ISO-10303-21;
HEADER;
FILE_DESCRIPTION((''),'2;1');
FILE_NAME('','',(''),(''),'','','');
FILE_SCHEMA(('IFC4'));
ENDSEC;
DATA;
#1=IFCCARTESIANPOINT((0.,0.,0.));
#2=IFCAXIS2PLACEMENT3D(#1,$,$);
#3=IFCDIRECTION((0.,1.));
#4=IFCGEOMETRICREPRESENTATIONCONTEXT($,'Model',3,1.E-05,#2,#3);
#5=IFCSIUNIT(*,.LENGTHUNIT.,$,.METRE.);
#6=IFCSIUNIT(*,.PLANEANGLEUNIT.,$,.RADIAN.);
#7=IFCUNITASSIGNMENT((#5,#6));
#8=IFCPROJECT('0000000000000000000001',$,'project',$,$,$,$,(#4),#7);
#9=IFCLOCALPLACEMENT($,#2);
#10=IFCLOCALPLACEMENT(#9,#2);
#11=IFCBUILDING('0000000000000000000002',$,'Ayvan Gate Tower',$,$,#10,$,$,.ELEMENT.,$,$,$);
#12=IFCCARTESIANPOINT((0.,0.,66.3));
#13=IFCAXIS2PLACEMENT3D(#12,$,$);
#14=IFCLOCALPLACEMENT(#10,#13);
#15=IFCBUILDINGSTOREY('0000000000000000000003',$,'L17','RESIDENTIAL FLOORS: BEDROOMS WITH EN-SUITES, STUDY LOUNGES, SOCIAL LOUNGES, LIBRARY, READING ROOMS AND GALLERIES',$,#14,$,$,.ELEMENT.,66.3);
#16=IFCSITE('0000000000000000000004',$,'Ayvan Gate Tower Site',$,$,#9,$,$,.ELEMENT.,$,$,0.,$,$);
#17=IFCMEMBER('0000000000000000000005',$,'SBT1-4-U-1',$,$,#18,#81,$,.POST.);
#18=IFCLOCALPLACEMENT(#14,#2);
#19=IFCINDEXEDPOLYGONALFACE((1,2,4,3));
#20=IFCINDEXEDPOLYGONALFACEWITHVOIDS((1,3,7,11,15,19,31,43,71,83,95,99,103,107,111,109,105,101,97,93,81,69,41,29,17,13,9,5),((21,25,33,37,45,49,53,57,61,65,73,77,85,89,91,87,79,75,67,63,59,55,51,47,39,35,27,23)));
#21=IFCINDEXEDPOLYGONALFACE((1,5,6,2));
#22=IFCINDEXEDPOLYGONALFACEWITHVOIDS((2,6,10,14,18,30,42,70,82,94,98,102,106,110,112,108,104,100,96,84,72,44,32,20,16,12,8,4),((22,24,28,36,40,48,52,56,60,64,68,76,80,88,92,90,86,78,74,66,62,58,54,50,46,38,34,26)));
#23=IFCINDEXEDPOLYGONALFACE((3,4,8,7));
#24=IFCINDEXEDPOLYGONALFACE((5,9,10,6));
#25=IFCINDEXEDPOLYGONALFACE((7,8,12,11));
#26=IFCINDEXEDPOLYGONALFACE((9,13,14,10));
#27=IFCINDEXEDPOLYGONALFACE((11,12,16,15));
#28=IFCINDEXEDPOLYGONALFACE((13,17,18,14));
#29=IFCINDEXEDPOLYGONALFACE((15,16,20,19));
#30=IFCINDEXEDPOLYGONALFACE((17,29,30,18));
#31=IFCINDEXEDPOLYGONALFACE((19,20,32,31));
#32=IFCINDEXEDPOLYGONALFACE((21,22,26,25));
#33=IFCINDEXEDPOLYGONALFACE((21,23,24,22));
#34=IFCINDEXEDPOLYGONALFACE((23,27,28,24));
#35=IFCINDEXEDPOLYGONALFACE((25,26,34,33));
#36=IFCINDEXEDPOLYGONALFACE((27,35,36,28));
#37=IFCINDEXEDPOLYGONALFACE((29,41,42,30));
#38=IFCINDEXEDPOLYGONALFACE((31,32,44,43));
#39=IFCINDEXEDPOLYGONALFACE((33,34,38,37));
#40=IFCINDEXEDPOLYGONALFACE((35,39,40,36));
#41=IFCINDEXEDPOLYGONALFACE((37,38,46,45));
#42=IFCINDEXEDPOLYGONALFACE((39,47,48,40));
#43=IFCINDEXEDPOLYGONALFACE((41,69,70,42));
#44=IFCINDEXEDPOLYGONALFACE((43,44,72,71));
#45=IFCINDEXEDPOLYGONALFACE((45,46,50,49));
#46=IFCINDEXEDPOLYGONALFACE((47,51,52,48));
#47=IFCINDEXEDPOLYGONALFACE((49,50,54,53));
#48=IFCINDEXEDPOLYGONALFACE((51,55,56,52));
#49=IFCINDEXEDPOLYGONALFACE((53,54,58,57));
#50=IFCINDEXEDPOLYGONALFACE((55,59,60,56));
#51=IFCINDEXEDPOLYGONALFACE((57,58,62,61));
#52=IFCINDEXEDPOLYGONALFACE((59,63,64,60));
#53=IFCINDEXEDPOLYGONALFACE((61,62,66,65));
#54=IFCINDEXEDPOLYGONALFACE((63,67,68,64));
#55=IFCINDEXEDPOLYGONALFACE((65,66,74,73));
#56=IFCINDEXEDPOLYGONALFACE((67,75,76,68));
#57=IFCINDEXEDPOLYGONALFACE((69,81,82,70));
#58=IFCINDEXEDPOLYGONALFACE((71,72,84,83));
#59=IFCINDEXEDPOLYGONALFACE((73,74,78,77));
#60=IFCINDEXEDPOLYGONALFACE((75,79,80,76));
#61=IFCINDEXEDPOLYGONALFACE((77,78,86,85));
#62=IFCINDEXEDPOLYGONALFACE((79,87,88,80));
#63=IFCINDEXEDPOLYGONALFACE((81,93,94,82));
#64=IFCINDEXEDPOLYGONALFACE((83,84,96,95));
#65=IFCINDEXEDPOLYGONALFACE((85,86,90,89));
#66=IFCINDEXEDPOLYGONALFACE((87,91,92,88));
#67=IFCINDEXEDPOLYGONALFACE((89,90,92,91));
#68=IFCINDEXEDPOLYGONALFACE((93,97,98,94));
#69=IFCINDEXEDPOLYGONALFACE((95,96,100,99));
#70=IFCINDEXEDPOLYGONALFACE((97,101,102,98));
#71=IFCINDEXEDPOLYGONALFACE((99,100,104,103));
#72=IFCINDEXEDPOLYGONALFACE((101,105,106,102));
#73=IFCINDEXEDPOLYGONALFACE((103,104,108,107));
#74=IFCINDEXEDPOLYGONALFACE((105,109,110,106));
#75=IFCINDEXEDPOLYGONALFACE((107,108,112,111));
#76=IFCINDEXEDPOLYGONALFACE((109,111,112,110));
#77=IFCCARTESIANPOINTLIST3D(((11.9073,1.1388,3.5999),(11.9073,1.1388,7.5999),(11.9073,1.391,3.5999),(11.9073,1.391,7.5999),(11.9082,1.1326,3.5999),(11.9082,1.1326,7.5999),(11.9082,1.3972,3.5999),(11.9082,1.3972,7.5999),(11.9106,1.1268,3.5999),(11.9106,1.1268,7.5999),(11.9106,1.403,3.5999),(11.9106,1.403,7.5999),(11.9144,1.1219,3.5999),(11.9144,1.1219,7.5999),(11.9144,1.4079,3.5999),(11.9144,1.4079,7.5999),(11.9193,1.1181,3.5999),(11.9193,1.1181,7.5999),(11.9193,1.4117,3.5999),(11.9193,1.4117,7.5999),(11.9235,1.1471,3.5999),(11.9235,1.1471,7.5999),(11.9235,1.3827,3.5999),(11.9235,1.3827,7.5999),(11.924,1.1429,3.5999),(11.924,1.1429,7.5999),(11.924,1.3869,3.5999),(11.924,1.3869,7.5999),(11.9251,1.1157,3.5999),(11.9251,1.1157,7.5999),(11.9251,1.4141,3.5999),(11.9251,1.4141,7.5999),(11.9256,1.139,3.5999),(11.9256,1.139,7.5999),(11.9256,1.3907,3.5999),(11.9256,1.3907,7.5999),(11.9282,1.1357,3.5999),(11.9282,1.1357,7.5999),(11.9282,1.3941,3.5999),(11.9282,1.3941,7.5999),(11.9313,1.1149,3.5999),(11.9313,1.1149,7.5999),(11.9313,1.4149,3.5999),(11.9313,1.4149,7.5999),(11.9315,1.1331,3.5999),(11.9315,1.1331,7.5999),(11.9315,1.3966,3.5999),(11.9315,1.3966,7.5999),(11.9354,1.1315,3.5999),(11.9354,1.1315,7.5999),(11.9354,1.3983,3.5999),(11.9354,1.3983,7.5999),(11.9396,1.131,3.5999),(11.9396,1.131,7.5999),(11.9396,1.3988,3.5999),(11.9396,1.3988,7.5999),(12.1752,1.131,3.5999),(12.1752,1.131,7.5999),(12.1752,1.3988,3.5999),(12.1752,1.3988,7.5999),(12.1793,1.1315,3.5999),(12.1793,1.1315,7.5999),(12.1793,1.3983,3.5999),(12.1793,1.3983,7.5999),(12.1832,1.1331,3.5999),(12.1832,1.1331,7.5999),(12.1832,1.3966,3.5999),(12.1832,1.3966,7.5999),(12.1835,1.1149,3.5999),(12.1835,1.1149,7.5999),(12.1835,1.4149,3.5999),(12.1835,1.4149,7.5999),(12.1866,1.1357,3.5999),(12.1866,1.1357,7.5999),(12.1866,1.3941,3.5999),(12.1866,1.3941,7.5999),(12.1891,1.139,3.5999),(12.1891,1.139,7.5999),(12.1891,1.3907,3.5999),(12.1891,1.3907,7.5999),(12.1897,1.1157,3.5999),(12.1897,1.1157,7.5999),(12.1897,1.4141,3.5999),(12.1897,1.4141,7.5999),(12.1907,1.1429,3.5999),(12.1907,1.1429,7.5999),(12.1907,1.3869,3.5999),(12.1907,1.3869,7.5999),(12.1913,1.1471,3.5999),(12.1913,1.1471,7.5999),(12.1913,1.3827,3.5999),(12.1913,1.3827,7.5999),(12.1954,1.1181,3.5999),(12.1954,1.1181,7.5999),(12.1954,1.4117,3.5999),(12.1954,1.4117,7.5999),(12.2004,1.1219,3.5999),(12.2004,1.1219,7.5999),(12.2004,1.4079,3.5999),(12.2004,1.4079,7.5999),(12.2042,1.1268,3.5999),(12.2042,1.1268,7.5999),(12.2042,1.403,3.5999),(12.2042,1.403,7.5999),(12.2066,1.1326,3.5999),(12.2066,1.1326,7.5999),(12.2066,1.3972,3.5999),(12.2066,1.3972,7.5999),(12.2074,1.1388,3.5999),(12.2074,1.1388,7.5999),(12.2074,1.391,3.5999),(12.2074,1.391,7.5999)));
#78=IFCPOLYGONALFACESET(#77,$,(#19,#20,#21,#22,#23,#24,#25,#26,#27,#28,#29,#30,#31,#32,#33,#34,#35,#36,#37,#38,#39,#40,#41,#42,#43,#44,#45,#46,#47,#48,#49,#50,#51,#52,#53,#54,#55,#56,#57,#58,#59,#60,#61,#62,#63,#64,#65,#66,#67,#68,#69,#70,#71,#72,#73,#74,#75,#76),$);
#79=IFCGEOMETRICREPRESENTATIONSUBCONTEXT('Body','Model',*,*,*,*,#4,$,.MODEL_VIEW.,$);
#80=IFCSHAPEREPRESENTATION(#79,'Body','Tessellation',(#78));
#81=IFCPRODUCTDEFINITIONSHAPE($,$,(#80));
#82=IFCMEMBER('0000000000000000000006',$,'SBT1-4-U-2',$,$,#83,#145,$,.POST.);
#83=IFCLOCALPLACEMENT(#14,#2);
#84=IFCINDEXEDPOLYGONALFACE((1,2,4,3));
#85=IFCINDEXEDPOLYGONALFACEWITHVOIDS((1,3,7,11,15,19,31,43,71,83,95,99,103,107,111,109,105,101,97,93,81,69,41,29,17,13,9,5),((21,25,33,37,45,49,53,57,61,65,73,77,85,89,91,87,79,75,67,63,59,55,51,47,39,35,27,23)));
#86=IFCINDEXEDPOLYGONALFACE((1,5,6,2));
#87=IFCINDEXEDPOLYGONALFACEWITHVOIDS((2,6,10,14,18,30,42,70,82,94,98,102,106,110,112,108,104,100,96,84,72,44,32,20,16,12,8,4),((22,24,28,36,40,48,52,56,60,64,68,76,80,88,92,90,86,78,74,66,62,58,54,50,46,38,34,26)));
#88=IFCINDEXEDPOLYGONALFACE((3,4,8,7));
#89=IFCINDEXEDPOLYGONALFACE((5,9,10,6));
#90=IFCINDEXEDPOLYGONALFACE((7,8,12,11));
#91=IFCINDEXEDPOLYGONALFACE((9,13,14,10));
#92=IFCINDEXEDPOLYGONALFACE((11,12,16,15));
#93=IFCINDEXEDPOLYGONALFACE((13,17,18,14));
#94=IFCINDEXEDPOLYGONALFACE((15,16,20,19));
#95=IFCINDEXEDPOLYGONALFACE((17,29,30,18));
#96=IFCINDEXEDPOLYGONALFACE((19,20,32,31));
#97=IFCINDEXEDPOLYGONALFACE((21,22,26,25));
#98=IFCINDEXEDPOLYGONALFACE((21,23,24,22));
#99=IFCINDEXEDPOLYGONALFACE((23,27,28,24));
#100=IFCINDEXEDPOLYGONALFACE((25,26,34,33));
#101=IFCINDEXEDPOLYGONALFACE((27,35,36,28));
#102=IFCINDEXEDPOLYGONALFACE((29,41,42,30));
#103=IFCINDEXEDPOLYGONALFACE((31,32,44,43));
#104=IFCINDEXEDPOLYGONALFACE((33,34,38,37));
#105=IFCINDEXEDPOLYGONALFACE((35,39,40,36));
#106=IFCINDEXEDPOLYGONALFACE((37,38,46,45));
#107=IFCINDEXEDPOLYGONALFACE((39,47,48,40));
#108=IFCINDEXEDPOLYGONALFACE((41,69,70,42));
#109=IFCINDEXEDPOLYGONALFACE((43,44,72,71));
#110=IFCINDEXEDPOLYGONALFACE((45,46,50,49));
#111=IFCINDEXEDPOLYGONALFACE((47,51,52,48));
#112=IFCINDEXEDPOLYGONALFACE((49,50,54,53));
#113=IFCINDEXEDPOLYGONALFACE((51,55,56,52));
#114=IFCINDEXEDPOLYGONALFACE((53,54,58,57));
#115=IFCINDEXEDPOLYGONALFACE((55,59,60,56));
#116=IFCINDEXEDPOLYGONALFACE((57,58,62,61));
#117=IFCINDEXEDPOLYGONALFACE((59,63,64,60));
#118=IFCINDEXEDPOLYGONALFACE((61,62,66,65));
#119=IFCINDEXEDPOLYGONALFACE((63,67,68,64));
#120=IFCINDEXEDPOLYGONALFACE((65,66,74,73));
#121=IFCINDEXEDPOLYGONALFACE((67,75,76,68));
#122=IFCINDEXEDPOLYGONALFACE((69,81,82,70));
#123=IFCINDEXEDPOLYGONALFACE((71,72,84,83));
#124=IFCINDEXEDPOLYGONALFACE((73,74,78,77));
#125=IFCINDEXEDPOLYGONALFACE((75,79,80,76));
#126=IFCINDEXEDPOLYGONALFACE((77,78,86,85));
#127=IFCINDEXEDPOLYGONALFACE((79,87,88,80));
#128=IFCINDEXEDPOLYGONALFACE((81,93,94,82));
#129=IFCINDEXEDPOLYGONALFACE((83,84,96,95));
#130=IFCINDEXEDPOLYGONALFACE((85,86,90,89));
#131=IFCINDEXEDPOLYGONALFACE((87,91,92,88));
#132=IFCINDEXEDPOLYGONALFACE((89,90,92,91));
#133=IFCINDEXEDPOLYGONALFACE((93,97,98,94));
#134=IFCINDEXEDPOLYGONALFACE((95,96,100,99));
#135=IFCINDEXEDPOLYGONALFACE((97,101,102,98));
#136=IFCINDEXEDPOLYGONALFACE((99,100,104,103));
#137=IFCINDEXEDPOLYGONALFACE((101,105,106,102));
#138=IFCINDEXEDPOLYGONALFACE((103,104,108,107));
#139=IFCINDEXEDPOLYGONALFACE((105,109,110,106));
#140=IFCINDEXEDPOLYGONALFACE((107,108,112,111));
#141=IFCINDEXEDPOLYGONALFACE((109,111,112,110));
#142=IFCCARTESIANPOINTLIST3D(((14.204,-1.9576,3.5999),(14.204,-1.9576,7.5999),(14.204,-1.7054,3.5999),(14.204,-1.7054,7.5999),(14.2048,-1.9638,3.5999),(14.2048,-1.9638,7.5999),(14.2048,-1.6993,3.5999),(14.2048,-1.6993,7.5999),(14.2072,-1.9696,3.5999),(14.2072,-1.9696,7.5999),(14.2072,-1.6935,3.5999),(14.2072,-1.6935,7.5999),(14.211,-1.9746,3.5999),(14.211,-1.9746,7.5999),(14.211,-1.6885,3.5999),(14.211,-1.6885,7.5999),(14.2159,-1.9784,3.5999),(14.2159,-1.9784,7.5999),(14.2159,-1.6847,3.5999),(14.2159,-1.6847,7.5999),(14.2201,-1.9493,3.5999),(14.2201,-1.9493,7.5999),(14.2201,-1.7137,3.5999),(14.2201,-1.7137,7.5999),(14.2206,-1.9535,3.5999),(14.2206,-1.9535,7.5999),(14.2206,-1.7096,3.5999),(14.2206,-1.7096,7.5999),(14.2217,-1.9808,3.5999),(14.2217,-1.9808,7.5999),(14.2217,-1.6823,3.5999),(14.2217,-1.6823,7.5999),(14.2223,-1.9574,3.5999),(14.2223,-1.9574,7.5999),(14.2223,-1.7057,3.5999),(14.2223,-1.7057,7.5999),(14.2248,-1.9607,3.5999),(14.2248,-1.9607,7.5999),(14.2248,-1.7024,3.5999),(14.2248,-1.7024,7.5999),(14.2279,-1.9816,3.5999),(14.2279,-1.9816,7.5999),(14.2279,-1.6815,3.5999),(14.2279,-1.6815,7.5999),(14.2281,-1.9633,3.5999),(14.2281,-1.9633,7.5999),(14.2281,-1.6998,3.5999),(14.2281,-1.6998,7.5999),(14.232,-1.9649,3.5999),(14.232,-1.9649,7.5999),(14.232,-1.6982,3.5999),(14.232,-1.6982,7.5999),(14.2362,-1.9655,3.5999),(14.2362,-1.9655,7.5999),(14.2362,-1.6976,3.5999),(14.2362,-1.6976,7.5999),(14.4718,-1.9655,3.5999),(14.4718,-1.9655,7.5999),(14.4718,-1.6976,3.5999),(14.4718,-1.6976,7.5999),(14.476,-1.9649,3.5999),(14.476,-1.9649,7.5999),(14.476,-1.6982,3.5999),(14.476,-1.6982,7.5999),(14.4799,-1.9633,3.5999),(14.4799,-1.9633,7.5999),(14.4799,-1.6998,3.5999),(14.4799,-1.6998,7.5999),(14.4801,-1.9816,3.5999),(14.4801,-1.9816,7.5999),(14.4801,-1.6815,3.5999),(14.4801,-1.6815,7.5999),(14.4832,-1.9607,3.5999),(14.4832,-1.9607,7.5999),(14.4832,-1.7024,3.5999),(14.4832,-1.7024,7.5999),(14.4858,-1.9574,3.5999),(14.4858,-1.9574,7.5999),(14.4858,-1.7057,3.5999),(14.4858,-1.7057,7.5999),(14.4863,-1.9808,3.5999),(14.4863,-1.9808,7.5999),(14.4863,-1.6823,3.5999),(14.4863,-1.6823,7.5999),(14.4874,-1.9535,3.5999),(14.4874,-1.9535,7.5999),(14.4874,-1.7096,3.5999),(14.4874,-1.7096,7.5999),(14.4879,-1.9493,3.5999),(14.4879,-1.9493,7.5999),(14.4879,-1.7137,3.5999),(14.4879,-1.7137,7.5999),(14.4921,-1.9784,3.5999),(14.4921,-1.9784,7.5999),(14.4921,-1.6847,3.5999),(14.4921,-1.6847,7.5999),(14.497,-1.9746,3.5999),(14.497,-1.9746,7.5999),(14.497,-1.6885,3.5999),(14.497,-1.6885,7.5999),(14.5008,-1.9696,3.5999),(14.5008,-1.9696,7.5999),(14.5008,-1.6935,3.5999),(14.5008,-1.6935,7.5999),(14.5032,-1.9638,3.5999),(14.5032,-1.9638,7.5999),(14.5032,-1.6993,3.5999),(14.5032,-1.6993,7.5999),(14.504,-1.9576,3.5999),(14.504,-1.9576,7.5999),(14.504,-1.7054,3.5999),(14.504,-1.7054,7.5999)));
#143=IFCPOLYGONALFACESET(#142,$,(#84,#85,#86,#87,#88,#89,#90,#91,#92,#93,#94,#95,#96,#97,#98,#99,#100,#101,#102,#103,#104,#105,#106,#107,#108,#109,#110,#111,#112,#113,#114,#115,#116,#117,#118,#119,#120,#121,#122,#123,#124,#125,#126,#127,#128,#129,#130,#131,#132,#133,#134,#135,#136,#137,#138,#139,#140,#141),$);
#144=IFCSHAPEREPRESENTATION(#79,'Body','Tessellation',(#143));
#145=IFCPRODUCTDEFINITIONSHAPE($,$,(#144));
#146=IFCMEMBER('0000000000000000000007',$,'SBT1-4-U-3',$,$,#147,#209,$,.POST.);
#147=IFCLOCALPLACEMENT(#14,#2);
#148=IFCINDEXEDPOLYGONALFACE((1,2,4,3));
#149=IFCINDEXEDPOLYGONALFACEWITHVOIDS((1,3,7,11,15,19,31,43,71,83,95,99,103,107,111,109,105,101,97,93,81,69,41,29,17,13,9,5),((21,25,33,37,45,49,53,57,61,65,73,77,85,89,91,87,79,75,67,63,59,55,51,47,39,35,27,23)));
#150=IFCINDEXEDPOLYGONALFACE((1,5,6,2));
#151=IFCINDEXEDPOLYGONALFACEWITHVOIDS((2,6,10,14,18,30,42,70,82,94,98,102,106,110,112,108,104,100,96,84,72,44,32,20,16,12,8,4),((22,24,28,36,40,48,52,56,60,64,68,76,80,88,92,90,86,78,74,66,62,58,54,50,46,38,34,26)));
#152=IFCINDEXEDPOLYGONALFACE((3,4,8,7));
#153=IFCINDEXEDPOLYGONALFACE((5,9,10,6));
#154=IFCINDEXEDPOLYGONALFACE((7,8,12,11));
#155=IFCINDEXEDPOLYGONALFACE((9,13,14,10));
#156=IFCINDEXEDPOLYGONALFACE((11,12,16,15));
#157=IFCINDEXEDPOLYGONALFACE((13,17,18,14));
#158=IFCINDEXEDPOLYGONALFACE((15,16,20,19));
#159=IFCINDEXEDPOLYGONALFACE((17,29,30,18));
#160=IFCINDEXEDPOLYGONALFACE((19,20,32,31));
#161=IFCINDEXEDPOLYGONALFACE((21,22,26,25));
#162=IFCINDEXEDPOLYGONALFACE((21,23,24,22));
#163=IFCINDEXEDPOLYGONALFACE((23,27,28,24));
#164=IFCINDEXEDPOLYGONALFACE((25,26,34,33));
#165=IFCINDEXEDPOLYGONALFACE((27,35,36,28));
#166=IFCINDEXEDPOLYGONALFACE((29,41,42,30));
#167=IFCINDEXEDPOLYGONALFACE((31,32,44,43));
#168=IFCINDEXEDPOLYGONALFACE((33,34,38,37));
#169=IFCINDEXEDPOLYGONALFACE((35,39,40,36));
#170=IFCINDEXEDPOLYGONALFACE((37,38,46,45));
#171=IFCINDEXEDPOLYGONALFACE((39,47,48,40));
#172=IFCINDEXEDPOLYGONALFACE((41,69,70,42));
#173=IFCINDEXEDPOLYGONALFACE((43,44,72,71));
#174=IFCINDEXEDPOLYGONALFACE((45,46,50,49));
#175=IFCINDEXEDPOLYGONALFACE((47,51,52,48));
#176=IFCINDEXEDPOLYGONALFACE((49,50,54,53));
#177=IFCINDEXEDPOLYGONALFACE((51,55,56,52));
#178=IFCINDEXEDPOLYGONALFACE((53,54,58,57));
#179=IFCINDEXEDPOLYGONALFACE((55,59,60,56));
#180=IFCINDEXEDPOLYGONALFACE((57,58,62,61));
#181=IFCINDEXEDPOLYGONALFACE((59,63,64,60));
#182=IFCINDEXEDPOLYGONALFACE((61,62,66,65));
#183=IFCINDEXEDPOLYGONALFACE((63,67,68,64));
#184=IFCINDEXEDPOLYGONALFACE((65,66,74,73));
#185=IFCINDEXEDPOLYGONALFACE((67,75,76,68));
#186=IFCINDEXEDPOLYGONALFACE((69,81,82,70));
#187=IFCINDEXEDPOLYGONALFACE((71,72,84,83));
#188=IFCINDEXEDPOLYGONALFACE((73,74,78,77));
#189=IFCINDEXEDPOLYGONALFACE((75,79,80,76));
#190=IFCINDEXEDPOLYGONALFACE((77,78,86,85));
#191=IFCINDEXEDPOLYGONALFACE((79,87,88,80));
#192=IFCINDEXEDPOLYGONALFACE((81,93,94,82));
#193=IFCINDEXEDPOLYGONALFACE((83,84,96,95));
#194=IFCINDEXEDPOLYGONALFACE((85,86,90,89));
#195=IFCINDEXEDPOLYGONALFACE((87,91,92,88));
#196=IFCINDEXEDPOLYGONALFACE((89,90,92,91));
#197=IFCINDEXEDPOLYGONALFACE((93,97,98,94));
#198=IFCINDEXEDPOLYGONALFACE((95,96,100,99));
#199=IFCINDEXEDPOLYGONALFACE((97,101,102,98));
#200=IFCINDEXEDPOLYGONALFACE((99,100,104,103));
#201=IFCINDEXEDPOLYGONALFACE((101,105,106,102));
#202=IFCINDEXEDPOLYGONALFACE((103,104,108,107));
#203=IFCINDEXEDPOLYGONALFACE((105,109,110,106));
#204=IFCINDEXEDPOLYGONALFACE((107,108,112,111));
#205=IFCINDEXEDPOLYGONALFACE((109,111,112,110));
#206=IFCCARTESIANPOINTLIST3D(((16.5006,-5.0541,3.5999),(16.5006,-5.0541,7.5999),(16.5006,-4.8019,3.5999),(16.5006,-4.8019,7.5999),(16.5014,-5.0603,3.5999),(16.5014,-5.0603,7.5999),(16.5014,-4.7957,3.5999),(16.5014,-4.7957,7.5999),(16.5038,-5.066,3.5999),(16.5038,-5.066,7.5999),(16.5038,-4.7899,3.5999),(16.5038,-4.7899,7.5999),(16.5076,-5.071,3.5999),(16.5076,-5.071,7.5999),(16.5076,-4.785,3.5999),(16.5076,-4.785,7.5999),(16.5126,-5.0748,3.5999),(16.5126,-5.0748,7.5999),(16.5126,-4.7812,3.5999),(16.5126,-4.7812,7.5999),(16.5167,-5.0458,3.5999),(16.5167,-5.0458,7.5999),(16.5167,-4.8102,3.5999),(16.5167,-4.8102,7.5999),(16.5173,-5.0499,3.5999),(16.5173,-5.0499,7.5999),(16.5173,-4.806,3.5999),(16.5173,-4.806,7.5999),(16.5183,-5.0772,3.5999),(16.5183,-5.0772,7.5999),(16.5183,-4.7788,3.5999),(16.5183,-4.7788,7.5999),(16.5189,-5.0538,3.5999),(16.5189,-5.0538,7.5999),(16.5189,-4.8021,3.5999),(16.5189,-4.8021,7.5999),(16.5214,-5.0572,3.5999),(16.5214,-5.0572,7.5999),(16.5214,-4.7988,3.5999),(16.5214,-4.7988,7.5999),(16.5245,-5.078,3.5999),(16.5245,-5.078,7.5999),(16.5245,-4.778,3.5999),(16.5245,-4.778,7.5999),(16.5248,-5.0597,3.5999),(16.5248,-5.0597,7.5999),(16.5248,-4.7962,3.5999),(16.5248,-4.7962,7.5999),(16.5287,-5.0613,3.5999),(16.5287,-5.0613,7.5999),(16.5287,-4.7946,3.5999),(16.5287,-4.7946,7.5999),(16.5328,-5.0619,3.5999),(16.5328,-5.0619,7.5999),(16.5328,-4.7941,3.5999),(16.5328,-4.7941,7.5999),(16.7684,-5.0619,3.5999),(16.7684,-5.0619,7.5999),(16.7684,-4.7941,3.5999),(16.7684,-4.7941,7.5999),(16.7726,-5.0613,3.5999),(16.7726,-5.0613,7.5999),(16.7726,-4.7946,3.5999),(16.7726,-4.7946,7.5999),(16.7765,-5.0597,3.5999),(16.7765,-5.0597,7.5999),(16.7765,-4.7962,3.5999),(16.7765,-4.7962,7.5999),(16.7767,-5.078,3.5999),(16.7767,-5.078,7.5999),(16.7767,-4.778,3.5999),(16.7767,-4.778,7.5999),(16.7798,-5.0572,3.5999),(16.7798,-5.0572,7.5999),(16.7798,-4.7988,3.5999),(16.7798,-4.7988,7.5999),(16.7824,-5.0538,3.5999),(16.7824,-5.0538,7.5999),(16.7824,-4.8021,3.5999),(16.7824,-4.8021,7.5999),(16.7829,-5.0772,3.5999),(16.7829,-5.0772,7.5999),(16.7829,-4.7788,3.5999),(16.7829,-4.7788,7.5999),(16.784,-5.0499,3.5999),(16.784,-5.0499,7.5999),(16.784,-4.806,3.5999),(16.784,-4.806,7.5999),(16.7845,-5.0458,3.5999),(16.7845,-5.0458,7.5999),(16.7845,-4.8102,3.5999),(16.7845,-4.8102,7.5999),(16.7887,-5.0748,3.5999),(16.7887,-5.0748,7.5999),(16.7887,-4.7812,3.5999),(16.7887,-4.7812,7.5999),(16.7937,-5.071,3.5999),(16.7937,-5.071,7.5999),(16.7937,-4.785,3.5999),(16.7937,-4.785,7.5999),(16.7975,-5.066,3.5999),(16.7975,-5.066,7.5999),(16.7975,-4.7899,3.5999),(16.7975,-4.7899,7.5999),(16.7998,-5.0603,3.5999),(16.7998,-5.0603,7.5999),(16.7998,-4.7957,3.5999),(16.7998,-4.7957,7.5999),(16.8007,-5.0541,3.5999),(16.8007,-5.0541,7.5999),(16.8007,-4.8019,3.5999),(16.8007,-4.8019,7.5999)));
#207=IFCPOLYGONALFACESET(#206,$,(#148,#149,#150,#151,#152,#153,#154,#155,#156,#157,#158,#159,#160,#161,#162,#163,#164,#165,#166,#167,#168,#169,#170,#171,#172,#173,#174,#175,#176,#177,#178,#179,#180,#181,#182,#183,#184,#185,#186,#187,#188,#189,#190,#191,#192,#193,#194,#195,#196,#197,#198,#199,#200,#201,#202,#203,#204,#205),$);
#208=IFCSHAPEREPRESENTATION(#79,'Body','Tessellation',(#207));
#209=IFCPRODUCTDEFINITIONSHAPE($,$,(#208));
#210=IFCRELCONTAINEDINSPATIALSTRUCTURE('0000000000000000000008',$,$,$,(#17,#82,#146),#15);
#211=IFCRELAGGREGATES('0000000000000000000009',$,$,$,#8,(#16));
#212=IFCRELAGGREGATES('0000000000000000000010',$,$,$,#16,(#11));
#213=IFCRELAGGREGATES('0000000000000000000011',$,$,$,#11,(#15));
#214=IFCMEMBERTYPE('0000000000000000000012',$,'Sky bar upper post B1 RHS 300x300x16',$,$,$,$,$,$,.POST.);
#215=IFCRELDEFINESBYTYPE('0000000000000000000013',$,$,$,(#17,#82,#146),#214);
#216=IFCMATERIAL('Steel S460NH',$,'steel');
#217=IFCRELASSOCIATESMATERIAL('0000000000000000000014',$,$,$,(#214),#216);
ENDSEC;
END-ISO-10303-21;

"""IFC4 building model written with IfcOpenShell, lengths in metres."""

from ifc_helpers import new_model, si_unit, direction, frame, origin, origin_2d, place, context, subcontext, project, spatial, hollow_rectangle, extrude, material, material_profile, profile_set, type_object, element, save


model = new_model("IFC4")

# Units and contexts
model_context = context("Model", 3, precision=1e-05, world=origin(), true_north=direction((0.0, 1.0)))
body_context = subcontext(model_context, "Body", "Model", "MODEL_VIEW")
ifc_project = project(units=[si_unit("LENGTHUNIT", "METRE"), si_unit("PLANEANGLEUNIT", "RADIAN")], contexts=[model_context])

# Site, building, storey
site_placement = place(None, origin())
site = spatial("IfcSite", under=ifc_project, at=site_placement, Name="Ayvan Gate Tower Site", CompositionType="ELEMENT", RefElevation=0.0)
building_placement = place(site_placement, origin())
building = spatial("IfcBuilding", under=site, at=building_placement, Name="Ayvan Gate Tower", CompositionType="ELEMENT")
storey_placement = place(building_placement, frame((0.0, 0.0, 66.3)))
storey = spatial("IfcBuildingStorey", under=building, at=storey_placement, Name="L17", Description="RESIDENTIAL FLOORS: BEDROOMS WITH EN-SUITES, STUDY LOUNGES, SOCIAL LOUNGES, LIBRARY, READING ROOMS AND GALLERIES", CompositionType="ELEMENT", Elevation=66.3)

# Members
ifc_material_1 = material(Name="Steel S460NH", Category="steel")
ifc_material_profile_1 = material_profile(ifc_material_1, hollow_rectangle(XDim=0.3, YDim=0.3, WallThickness=0.0161, InnerFilletRadius=0.0161, OuterFilletRadius=0.0239, at=origin_2d()), Name="RHS 300x300x16")
ifc_profile_set_1 = profile_set([ifc_material_profile_1], Name="Steel S460NH")
member_type_1 = type_object("IfcMemberType", Name="Sky bar upper post B1 RHS 300x300x16", PredefinedType="POST", material=ifc_profile_set_1)
for number, where, z_axis, x_axis, name in (
    (1, (12.0574, 1.2649, 3.5999), (0.0, 0.0, 1.0), (1.0, 0.0, 0.0), "SBT1-4-U-1"),
    (2, (14.354, -1.8315, 3.5999), (0.0, 0.0, 1.0), (1.0, 0.0, 0.0), "SBT1-4-U-2"),
    (3, (16.6506, -4.928, 3.5999), (0.0, 0.0, 1.0), (1.0, 0.0, 0.0), "SBT1-4-U-3"),
):
    element("IfcMember", number, at=place(storey_placement, frame(where, z_axis=z_axis, x_axis=x_axis)), inside=storey, type_object=member_type_1, Name=name, PredefinedType="POST", context=body_context, shape_type="SweptSolid", body=[
        extrude(hollow_rectangle(XDim=0.3, YDim=0.3, WallThickness=0.0161, InnerFilletRadius=0.0161, OuterFilletRadius=0.0239, at=origin_2d()), origin(), (0.0, 0.0, 1.0), 4.0),
    ])

save(model, "model.ifc")
